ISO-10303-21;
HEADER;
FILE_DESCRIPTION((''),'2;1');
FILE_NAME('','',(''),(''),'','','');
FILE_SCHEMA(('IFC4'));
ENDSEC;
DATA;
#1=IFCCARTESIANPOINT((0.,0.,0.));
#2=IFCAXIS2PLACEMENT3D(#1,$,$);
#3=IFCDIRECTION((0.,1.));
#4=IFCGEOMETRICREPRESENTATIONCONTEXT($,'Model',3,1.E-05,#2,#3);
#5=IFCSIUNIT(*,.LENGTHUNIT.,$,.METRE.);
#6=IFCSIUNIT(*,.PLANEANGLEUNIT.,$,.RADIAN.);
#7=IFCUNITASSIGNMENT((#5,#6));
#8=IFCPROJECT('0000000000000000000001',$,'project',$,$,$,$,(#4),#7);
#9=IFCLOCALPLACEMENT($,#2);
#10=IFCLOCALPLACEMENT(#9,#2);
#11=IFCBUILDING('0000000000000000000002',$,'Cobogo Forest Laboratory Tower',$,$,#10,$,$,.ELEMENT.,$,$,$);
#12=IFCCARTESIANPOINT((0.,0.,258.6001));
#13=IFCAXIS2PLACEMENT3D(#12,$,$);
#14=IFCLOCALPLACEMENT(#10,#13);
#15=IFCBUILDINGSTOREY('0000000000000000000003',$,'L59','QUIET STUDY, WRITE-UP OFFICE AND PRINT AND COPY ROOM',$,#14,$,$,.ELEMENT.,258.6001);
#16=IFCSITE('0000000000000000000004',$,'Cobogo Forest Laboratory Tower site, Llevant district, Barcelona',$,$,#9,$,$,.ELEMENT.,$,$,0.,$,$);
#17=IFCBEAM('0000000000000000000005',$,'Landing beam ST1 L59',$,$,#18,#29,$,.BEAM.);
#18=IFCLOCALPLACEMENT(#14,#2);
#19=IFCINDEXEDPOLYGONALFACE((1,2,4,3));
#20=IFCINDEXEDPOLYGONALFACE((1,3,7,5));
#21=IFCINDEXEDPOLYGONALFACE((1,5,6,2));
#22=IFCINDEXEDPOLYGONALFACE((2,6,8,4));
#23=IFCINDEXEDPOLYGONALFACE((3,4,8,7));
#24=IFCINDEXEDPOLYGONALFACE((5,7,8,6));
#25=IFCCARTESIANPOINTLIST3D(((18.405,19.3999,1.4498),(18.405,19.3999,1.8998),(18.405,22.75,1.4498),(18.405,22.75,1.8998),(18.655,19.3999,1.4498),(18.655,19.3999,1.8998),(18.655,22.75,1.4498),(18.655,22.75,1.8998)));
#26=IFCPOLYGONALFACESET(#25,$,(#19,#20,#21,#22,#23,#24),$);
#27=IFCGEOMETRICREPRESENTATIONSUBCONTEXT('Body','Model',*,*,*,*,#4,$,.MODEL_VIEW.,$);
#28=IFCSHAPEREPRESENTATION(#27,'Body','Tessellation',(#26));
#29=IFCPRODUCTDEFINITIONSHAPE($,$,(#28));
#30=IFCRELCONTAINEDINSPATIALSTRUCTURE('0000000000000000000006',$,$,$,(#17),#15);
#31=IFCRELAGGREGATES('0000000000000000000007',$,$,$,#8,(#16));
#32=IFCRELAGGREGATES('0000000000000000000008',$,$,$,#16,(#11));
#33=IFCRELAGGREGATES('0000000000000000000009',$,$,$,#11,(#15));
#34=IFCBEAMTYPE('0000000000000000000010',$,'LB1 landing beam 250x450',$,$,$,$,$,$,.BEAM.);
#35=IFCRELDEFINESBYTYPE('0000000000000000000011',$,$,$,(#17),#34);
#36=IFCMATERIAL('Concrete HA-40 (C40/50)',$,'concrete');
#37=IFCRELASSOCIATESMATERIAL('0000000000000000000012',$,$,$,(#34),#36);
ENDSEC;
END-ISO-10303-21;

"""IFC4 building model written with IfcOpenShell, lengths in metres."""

from ifc_helpers import new_model, si_unit, direction, frame, origin, origin_2d, place, context, subcontext, project, spatial, rectangle, extrude, material, material_profile, profile_set, type_object, element, save


model = new_model("IFC4")

# Units and contexts
model_context = context("Model", 3, precision=1e-05, world=origin(), true_north=direction((0.0, 1.0)))
body_context = subcontext(model_context, "Body", "Model", "MODEL_VIEW")
ifc_project = project(units=[si_unit("LENGTHUNIT", "METRE"), si_unit("PLANEANGLEUNIT", "RADIAN")], contexts=[model_context])

# Site, building, storey
site_placement = place(None, origin())
site = spatial("IfcSite", under=ifc_project, at=site_placement, Name="Cobogo Forest Laboratory Tower site, Llevant district, Barcelona", CompositionType="ELEMENT", RefElevation=0.0)
building_placement = place(site_placement, origin())
building = spatial("IfcBuilding", under=site, at=building_placement, Name="Cobogo Forest Laboratory Tower", CompositionType="ELEMENT")
storey_placement = place(building_placement, frame((0.0, 0.0, 258.6001)))
storey = spatial("IfcBuildingStorey", under=building, at=storey_placement, Name="L59", Description="QUIET STUDY, WRITE-UP OFFICE AND PRINT AND COPY ROOM", CompositionType="ELEMENT", Elevation=258.6001)

# Beam
ifc_material_1 = material(Name="Concrete HA-40 (C40/50)", Category="concrete")
ifc_material_profile = material_profile(ifc_material_1, rectangle(XDim=0.25, YDim=0.45, at=origin_2d()), Name="RC 250x450")
ifc_profile_set = profile_set([ifc_material_profile], Name="Concrete HA-40 (C40/50)")
beam_type = type_object("IfcBeamType", Name="LB1 landing beam 250x450", PredefinedType="BEAM", material=ifc_profile_set)
beam_placement = place(storey_placement, frame((18.53, 19.3999, 1.6748), z_axis=(0.0, 1.0, 0.0), x_axis=(-1.0, 0.0, 0.0)))
element("IfcBeam", 1, at=beam_placement, inside=storey, type_object=beam_type, Name="Landing beam ST1 L59", PredefinedType="BEAM", context=body_context, shape_type="SweptSolid", body=[
    extrude(rectangle(XDim=0.25, YDim=0.45, at=origin_2d()), origin(), (0.0, 0.0, 1.0), 3.3501),
])

save(model, "model.ifc")
